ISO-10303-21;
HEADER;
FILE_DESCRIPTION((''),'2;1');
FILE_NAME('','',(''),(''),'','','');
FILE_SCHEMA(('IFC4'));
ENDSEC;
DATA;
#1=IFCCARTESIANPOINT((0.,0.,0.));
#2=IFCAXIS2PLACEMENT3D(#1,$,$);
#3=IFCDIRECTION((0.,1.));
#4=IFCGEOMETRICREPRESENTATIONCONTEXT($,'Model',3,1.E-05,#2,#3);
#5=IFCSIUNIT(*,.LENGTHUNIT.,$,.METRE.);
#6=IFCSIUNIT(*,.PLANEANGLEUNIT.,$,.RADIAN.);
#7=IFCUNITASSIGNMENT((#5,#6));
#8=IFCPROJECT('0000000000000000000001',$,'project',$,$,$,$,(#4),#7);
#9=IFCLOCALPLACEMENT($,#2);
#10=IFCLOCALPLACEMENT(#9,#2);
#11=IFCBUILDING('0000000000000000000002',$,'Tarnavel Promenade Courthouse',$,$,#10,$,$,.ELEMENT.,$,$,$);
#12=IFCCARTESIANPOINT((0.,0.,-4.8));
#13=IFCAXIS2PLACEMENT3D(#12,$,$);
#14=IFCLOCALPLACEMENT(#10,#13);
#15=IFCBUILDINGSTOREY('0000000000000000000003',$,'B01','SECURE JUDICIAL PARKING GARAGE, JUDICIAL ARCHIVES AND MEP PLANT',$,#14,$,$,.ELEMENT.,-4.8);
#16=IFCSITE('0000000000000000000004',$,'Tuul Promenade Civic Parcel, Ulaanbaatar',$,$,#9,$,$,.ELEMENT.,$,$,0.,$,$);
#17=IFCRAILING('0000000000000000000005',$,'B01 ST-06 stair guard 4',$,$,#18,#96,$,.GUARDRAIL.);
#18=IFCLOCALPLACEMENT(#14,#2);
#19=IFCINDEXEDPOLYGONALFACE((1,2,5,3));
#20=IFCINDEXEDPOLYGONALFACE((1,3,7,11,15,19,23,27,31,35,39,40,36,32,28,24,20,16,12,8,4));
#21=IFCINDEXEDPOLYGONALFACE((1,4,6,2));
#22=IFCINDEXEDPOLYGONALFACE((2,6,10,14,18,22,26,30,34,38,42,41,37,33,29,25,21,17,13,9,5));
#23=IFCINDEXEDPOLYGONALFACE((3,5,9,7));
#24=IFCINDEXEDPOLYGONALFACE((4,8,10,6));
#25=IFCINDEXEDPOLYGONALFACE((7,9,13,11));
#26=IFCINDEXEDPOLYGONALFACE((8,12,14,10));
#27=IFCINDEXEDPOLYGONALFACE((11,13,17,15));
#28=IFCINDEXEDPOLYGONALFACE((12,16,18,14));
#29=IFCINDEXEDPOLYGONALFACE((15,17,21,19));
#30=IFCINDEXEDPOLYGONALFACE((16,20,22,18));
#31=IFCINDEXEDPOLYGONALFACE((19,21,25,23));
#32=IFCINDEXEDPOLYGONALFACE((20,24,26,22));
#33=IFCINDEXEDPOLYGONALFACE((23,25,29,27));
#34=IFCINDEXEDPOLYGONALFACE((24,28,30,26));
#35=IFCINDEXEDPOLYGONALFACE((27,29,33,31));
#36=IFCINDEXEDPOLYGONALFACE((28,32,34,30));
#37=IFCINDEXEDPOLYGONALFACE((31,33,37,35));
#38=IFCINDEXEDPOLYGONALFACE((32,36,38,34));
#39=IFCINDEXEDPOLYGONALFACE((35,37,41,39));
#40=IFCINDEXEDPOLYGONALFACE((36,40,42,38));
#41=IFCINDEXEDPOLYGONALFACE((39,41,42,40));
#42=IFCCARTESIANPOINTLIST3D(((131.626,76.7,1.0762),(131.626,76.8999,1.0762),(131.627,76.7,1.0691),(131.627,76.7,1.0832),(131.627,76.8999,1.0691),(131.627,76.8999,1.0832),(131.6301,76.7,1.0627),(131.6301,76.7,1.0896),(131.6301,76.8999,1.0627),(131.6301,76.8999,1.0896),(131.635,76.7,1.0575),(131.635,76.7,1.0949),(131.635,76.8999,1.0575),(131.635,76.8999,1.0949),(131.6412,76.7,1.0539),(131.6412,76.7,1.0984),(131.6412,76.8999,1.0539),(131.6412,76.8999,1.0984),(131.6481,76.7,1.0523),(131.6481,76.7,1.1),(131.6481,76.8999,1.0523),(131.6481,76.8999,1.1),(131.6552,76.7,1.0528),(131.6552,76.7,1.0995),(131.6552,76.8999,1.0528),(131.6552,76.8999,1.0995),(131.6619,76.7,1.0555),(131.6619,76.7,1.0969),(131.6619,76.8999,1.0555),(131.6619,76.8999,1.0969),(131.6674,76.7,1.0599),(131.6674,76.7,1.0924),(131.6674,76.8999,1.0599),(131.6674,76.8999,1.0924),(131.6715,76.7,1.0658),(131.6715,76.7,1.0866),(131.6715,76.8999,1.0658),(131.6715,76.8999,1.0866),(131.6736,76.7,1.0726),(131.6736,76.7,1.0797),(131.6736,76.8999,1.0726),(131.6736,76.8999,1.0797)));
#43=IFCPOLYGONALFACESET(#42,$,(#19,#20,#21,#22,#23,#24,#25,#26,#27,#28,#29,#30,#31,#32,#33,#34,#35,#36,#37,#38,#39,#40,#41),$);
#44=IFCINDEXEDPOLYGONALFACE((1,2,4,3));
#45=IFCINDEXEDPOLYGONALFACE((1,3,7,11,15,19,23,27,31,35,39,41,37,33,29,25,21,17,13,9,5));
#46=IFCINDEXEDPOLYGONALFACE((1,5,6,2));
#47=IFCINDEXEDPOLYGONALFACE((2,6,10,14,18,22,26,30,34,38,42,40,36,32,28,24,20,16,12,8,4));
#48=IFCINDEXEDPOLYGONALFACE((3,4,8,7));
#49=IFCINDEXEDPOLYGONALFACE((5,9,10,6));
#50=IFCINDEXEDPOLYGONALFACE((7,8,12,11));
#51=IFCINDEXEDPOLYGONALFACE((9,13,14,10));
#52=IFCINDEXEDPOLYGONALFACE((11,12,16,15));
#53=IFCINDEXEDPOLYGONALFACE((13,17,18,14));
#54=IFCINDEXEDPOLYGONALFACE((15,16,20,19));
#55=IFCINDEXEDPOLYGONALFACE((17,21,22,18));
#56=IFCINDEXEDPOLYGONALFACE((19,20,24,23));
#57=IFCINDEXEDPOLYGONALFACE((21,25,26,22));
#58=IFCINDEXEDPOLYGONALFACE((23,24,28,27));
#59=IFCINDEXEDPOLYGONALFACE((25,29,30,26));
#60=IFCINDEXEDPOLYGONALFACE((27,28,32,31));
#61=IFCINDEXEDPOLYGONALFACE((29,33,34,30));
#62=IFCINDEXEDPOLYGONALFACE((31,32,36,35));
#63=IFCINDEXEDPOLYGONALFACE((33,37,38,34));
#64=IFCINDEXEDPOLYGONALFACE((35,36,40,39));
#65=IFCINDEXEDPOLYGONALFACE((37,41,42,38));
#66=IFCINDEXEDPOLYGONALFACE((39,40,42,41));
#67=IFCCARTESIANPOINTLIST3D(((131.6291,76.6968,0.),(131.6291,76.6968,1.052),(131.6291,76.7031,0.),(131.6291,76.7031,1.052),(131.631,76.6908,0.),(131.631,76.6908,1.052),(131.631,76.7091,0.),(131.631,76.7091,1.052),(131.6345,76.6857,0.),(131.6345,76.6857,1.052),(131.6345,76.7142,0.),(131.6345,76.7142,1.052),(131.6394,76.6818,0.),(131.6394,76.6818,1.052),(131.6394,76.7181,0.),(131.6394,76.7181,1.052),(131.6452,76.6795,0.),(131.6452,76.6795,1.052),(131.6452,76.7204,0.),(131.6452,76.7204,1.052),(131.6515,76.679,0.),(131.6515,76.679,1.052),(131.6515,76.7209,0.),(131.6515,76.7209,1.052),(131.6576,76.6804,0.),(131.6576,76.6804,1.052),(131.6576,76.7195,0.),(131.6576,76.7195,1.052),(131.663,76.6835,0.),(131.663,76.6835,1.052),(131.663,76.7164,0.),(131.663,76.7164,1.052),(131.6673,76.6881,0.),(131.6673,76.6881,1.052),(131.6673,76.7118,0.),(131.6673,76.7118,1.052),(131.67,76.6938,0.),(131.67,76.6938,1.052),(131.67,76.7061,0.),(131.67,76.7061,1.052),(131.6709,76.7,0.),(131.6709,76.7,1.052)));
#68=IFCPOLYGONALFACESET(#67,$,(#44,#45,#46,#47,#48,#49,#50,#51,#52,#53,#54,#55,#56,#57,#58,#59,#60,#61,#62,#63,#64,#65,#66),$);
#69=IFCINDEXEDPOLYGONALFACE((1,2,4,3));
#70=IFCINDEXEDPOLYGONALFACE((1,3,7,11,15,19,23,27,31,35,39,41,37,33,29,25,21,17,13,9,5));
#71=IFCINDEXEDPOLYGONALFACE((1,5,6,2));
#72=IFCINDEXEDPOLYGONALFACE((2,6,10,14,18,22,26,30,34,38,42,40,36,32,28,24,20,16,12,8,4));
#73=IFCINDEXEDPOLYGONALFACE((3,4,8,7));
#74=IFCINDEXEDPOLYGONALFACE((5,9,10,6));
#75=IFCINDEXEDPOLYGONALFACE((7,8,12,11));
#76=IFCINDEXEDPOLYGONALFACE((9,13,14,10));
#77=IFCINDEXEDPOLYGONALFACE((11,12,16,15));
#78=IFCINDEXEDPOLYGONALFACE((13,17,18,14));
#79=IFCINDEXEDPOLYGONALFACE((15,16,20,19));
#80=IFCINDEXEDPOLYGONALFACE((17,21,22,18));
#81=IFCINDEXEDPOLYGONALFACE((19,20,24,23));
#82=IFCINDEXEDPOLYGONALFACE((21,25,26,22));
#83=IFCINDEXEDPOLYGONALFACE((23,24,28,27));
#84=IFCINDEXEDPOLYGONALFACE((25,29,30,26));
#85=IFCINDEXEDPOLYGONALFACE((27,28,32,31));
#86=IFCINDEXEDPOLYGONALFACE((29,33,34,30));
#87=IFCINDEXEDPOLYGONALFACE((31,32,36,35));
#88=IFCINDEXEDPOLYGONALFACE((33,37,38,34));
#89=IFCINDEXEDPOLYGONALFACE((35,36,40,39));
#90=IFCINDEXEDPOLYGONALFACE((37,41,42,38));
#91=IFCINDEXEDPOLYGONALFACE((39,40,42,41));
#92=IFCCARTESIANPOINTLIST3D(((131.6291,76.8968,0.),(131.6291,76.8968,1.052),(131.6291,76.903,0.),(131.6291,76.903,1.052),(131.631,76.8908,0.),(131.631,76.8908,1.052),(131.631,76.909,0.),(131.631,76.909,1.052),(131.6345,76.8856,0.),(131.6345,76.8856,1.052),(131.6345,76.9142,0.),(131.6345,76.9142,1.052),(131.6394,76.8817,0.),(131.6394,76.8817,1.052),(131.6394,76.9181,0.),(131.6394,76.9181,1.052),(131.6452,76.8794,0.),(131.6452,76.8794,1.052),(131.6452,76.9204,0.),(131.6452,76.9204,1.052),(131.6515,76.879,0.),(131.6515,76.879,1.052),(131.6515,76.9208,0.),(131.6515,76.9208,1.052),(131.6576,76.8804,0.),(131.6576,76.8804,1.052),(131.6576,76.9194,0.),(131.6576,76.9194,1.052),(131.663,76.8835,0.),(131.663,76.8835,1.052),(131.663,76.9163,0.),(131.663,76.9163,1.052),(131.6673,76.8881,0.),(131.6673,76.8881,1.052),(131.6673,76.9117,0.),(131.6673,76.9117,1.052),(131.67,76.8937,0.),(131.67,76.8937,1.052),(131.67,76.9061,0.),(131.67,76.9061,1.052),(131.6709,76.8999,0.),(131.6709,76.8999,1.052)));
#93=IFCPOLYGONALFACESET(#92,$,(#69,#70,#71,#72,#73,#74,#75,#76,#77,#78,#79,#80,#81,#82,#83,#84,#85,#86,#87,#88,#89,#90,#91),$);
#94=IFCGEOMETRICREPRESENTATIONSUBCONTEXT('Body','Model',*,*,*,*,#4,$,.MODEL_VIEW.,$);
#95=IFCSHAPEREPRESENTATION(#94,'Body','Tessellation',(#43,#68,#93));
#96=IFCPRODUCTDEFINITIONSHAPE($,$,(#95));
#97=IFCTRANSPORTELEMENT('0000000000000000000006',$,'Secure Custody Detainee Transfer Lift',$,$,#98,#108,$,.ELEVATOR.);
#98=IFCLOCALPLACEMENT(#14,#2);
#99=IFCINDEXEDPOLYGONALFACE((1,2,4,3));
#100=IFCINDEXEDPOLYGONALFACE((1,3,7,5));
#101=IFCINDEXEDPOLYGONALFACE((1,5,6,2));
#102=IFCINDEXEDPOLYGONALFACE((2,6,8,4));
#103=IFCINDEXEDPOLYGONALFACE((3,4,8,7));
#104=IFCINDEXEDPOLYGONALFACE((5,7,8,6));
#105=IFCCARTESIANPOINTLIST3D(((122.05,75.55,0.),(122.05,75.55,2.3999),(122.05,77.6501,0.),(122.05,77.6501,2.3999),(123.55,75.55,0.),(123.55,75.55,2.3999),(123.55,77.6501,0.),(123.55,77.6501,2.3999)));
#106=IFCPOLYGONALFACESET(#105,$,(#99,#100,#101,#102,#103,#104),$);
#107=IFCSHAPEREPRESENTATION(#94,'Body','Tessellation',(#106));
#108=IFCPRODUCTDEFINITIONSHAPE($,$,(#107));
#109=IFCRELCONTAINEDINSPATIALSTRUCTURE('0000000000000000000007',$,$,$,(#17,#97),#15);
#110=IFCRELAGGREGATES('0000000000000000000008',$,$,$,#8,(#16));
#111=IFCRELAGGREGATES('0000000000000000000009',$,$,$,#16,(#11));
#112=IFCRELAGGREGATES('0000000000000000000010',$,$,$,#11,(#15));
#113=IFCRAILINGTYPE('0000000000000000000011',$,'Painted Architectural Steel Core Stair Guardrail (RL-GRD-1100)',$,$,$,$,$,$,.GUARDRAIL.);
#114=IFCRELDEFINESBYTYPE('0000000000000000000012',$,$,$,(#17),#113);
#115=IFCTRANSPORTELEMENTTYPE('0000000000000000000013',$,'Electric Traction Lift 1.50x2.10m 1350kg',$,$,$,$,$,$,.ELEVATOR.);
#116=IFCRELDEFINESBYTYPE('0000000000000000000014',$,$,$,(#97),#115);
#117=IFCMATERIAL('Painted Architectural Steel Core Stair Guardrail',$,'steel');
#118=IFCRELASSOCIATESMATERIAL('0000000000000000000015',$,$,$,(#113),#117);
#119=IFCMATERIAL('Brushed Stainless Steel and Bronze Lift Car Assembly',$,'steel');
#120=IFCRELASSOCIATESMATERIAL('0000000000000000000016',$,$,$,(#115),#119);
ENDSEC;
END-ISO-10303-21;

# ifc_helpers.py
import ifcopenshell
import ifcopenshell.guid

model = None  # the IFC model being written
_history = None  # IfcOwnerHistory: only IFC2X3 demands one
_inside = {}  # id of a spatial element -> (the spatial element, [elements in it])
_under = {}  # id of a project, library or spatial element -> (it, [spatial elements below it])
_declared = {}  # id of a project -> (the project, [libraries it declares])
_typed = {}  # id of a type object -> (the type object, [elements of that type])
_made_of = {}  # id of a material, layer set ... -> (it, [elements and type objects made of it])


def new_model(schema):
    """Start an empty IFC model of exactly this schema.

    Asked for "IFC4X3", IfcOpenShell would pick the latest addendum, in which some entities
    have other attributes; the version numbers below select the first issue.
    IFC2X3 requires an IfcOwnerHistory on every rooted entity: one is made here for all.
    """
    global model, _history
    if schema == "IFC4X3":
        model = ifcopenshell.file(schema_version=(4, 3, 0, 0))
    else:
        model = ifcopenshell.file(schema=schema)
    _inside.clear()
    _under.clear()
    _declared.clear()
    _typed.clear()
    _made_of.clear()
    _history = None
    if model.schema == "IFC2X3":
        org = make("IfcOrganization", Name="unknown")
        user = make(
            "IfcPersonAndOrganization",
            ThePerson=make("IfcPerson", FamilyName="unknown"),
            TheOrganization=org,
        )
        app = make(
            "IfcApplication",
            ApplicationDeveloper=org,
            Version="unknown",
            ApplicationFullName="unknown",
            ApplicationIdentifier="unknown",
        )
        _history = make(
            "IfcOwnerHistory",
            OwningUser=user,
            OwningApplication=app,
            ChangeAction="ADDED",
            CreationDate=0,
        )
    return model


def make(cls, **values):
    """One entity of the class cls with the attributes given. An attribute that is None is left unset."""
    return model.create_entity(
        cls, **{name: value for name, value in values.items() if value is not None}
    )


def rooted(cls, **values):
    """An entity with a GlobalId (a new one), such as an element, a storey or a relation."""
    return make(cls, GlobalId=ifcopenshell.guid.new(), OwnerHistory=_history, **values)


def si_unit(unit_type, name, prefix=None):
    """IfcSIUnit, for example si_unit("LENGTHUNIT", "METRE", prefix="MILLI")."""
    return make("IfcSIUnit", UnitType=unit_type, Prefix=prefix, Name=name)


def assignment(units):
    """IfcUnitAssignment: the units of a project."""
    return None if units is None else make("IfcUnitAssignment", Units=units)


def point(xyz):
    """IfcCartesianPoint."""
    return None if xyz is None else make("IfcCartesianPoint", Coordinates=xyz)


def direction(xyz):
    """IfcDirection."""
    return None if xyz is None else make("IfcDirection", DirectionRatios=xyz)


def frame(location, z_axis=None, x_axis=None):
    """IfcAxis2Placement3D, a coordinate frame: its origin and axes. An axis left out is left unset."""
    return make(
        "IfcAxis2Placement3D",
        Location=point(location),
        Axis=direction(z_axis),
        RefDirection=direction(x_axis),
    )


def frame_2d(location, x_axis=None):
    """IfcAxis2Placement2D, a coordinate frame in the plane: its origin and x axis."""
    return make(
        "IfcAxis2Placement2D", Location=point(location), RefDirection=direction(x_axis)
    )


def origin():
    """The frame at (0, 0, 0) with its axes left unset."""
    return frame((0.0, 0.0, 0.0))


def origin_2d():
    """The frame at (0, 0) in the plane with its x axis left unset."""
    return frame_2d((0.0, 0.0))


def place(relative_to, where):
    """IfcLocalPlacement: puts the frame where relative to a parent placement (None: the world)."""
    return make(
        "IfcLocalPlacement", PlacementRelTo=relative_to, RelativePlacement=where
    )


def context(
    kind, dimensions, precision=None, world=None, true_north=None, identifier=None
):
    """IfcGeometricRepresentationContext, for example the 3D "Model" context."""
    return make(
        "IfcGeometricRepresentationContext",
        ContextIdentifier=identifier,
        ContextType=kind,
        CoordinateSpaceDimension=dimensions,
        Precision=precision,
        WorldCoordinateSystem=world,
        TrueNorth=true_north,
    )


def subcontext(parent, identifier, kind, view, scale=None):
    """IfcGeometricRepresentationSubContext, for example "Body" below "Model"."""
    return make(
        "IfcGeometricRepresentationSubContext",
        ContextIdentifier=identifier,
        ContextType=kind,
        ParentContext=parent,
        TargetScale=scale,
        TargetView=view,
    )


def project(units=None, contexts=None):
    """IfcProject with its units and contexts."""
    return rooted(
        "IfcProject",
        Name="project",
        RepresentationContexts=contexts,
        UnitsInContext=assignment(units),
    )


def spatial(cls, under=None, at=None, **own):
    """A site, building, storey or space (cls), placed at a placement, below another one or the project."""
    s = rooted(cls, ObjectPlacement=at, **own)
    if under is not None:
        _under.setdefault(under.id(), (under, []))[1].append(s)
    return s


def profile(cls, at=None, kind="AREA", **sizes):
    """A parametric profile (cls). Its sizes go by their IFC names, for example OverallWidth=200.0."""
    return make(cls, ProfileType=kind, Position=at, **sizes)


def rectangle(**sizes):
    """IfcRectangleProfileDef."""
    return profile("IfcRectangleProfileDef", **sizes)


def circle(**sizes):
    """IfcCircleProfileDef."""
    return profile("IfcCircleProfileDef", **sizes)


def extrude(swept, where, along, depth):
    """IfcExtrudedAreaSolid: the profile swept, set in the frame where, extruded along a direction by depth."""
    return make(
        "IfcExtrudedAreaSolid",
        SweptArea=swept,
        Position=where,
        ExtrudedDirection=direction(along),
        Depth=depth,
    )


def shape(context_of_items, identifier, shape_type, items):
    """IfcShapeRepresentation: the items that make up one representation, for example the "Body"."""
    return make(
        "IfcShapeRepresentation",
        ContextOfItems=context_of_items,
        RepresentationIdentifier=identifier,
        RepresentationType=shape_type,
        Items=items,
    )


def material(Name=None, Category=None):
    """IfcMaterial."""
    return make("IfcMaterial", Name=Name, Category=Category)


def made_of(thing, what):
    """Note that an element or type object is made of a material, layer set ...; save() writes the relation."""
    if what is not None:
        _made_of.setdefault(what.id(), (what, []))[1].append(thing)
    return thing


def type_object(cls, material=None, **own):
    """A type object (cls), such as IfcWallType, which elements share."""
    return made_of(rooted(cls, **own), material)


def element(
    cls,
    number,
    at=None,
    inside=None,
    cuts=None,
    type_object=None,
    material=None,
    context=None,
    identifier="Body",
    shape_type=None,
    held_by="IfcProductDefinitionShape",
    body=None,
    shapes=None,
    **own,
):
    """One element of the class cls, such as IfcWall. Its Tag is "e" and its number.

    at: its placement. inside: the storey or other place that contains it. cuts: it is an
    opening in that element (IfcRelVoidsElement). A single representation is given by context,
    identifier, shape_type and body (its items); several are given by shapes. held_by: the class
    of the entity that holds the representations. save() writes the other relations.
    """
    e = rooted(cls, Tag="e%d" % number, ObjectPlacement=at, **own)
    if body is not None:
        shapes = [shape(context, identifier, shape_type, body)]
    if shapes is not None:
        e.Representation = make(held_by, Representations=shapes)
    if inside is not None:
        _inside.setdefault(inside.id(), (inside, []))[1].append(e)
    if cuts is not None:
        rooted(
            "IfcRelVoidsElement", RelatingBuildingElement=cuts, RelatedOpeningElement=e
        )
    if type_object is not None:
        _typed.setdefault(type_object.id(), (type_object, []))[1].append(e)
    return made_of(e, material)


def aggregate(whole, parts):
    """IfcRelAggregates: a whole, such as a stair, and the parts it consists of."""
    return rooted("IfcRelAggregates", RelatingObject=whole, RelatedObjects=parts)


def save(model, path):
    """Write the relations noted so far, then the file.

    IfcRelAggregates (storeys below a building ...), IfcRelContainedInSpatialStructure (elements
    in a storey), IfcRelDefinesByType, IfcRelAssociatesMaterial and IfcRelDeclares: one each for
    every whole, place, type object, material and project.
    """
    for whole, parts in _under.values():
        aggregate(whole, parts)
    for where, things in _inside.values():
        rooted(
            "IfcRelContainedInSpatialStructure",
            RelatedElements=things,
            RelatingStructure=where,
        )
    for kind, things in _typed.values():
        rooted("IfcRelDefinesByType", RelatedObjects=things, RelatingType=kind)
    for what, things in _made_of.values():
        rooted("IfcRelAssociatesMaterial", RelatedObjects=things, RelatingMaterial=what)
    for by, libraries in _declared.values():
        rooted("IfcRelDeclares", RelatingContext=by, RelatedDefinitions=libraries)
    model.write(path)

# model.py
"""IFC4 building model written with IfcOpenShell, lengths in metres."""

from ifc_helpers import new_model, si_unit, direction, frame, origin, origin_2d, place, context, subcontext, project, spatial, rectangle, circle, extrude, material, type_object, element, save


model = new_model("IFC4")

# Units and contexts
model_context = context("Model", 3, precision=1e-05, world=origin(), true_north=direction((0.0, 1.0)))
body_context = subcontext(model_context, "Body", "Model", "MODEL_VIEW")
ifc_project = project(units=[si_unit("LENGTHUNIT", "METRE"), si_unit("PLANEANGLEUNIT", "RADIAN")], contexts=[model_context])

# Site, building, storey
site_placement = place(None, origin())
site = spatial("IfcSite", under=ifc_project, at=site_placement, Name="Tuul Promenade Civic Parcel, Ulaanbaatar", CompositionType="ELEMENT", RefElevation=0.0)
building_placement = place(site_placement, origin())
building = spatial("IfcBuilding", under=site, at=building_placement, Name="Tarnavel Promenade Courthouse", CompositionType="ELEMENT")
storey_placement = place(building_placement, frame((0.0, 0.0, -4.8)))
storey = spatial("IfcBuildingStorey", under=building, at=storey_placement, Name="B01", Description="SECURE JUDICIAL PARKING GARAGE, JUDICIAL ARCHIVES AND MEP PLANT", CompositionType="ELEMENT", Elevation=-4.8)

# Railing
ifc_material_1 = material(Name="Painted Architectural Steel Core Stair Guardrail", Category="steel")
railing_type_1 = type_object("IfcRailingType", Name="Painted Architectural Steel Core Stair Guardrail (RL-GRD-1100)", PredefinedType="GUARDRAIL", material=ifc_material_1)
railing_1_placement = place(storey_placement, frame((131.6499, 76.7, 0.0)))
element("IfcRailing", 1, at=railing_1_placement, inside=storey, type_object=railing_type_1, Name="B01 ST-06 stair guard 4", PredefinedType="GUARDRAIL", context=body_context, shape_type="SweptSolid", body=[
    extrude(circle(Radius=0.0239, at=origin_2d()), frame((0.0, 0.0, 1.0762), z_axis=(0.0, 1.0, 0.0), x_axis=(-1.0, 0.0, 0.0)), (0.0, 0.0, 1.0), 0.2),
    extrude(circle(Radius=0.021, at=origin_2d()), origin(), (0.0, 0.0, 1.0), 1.052),
    extrude(circle(Radius=0.021, at=origin_2d()), frame((0.0, 0.2, 0.0)), (0.0, 0.0, 1.0), 1.052),
])

# Transport element
ifc_material_2 = material(Name="Brushed Stainless Steel and Bronze Lift Car Assembly", Category="steel")
transport_element_type = type_object("IfcTransportElementType", Name="Electric Traction Lift 1.50x2.10m 1350kg", PredefinedType="ELEVATOR", material=ifc_material_2)
transport_element_placement = place(storey_placement, frame((122.8, 76.6001, 0.0), z_axis=(0.0, 0.0, 1.0), x_axis=(1.0, 0.0, 0.0)))
element("IfcTransportElement", 2, at=transport_element_placement, inside=storey, type_object=transport_element_type, Name="Secure Custody Detainee Transfer Lift", PredefinedType="ELEVATOR", context=body_context, shape_type="SweptSolid", body=[
    extrude(rectangle(XDim=1.5, YDim=2.1001, at=origin_2d()), origin(), (0.0, 0.0, 1.0), 2.3999),
])

save(model, "model.ifc")
